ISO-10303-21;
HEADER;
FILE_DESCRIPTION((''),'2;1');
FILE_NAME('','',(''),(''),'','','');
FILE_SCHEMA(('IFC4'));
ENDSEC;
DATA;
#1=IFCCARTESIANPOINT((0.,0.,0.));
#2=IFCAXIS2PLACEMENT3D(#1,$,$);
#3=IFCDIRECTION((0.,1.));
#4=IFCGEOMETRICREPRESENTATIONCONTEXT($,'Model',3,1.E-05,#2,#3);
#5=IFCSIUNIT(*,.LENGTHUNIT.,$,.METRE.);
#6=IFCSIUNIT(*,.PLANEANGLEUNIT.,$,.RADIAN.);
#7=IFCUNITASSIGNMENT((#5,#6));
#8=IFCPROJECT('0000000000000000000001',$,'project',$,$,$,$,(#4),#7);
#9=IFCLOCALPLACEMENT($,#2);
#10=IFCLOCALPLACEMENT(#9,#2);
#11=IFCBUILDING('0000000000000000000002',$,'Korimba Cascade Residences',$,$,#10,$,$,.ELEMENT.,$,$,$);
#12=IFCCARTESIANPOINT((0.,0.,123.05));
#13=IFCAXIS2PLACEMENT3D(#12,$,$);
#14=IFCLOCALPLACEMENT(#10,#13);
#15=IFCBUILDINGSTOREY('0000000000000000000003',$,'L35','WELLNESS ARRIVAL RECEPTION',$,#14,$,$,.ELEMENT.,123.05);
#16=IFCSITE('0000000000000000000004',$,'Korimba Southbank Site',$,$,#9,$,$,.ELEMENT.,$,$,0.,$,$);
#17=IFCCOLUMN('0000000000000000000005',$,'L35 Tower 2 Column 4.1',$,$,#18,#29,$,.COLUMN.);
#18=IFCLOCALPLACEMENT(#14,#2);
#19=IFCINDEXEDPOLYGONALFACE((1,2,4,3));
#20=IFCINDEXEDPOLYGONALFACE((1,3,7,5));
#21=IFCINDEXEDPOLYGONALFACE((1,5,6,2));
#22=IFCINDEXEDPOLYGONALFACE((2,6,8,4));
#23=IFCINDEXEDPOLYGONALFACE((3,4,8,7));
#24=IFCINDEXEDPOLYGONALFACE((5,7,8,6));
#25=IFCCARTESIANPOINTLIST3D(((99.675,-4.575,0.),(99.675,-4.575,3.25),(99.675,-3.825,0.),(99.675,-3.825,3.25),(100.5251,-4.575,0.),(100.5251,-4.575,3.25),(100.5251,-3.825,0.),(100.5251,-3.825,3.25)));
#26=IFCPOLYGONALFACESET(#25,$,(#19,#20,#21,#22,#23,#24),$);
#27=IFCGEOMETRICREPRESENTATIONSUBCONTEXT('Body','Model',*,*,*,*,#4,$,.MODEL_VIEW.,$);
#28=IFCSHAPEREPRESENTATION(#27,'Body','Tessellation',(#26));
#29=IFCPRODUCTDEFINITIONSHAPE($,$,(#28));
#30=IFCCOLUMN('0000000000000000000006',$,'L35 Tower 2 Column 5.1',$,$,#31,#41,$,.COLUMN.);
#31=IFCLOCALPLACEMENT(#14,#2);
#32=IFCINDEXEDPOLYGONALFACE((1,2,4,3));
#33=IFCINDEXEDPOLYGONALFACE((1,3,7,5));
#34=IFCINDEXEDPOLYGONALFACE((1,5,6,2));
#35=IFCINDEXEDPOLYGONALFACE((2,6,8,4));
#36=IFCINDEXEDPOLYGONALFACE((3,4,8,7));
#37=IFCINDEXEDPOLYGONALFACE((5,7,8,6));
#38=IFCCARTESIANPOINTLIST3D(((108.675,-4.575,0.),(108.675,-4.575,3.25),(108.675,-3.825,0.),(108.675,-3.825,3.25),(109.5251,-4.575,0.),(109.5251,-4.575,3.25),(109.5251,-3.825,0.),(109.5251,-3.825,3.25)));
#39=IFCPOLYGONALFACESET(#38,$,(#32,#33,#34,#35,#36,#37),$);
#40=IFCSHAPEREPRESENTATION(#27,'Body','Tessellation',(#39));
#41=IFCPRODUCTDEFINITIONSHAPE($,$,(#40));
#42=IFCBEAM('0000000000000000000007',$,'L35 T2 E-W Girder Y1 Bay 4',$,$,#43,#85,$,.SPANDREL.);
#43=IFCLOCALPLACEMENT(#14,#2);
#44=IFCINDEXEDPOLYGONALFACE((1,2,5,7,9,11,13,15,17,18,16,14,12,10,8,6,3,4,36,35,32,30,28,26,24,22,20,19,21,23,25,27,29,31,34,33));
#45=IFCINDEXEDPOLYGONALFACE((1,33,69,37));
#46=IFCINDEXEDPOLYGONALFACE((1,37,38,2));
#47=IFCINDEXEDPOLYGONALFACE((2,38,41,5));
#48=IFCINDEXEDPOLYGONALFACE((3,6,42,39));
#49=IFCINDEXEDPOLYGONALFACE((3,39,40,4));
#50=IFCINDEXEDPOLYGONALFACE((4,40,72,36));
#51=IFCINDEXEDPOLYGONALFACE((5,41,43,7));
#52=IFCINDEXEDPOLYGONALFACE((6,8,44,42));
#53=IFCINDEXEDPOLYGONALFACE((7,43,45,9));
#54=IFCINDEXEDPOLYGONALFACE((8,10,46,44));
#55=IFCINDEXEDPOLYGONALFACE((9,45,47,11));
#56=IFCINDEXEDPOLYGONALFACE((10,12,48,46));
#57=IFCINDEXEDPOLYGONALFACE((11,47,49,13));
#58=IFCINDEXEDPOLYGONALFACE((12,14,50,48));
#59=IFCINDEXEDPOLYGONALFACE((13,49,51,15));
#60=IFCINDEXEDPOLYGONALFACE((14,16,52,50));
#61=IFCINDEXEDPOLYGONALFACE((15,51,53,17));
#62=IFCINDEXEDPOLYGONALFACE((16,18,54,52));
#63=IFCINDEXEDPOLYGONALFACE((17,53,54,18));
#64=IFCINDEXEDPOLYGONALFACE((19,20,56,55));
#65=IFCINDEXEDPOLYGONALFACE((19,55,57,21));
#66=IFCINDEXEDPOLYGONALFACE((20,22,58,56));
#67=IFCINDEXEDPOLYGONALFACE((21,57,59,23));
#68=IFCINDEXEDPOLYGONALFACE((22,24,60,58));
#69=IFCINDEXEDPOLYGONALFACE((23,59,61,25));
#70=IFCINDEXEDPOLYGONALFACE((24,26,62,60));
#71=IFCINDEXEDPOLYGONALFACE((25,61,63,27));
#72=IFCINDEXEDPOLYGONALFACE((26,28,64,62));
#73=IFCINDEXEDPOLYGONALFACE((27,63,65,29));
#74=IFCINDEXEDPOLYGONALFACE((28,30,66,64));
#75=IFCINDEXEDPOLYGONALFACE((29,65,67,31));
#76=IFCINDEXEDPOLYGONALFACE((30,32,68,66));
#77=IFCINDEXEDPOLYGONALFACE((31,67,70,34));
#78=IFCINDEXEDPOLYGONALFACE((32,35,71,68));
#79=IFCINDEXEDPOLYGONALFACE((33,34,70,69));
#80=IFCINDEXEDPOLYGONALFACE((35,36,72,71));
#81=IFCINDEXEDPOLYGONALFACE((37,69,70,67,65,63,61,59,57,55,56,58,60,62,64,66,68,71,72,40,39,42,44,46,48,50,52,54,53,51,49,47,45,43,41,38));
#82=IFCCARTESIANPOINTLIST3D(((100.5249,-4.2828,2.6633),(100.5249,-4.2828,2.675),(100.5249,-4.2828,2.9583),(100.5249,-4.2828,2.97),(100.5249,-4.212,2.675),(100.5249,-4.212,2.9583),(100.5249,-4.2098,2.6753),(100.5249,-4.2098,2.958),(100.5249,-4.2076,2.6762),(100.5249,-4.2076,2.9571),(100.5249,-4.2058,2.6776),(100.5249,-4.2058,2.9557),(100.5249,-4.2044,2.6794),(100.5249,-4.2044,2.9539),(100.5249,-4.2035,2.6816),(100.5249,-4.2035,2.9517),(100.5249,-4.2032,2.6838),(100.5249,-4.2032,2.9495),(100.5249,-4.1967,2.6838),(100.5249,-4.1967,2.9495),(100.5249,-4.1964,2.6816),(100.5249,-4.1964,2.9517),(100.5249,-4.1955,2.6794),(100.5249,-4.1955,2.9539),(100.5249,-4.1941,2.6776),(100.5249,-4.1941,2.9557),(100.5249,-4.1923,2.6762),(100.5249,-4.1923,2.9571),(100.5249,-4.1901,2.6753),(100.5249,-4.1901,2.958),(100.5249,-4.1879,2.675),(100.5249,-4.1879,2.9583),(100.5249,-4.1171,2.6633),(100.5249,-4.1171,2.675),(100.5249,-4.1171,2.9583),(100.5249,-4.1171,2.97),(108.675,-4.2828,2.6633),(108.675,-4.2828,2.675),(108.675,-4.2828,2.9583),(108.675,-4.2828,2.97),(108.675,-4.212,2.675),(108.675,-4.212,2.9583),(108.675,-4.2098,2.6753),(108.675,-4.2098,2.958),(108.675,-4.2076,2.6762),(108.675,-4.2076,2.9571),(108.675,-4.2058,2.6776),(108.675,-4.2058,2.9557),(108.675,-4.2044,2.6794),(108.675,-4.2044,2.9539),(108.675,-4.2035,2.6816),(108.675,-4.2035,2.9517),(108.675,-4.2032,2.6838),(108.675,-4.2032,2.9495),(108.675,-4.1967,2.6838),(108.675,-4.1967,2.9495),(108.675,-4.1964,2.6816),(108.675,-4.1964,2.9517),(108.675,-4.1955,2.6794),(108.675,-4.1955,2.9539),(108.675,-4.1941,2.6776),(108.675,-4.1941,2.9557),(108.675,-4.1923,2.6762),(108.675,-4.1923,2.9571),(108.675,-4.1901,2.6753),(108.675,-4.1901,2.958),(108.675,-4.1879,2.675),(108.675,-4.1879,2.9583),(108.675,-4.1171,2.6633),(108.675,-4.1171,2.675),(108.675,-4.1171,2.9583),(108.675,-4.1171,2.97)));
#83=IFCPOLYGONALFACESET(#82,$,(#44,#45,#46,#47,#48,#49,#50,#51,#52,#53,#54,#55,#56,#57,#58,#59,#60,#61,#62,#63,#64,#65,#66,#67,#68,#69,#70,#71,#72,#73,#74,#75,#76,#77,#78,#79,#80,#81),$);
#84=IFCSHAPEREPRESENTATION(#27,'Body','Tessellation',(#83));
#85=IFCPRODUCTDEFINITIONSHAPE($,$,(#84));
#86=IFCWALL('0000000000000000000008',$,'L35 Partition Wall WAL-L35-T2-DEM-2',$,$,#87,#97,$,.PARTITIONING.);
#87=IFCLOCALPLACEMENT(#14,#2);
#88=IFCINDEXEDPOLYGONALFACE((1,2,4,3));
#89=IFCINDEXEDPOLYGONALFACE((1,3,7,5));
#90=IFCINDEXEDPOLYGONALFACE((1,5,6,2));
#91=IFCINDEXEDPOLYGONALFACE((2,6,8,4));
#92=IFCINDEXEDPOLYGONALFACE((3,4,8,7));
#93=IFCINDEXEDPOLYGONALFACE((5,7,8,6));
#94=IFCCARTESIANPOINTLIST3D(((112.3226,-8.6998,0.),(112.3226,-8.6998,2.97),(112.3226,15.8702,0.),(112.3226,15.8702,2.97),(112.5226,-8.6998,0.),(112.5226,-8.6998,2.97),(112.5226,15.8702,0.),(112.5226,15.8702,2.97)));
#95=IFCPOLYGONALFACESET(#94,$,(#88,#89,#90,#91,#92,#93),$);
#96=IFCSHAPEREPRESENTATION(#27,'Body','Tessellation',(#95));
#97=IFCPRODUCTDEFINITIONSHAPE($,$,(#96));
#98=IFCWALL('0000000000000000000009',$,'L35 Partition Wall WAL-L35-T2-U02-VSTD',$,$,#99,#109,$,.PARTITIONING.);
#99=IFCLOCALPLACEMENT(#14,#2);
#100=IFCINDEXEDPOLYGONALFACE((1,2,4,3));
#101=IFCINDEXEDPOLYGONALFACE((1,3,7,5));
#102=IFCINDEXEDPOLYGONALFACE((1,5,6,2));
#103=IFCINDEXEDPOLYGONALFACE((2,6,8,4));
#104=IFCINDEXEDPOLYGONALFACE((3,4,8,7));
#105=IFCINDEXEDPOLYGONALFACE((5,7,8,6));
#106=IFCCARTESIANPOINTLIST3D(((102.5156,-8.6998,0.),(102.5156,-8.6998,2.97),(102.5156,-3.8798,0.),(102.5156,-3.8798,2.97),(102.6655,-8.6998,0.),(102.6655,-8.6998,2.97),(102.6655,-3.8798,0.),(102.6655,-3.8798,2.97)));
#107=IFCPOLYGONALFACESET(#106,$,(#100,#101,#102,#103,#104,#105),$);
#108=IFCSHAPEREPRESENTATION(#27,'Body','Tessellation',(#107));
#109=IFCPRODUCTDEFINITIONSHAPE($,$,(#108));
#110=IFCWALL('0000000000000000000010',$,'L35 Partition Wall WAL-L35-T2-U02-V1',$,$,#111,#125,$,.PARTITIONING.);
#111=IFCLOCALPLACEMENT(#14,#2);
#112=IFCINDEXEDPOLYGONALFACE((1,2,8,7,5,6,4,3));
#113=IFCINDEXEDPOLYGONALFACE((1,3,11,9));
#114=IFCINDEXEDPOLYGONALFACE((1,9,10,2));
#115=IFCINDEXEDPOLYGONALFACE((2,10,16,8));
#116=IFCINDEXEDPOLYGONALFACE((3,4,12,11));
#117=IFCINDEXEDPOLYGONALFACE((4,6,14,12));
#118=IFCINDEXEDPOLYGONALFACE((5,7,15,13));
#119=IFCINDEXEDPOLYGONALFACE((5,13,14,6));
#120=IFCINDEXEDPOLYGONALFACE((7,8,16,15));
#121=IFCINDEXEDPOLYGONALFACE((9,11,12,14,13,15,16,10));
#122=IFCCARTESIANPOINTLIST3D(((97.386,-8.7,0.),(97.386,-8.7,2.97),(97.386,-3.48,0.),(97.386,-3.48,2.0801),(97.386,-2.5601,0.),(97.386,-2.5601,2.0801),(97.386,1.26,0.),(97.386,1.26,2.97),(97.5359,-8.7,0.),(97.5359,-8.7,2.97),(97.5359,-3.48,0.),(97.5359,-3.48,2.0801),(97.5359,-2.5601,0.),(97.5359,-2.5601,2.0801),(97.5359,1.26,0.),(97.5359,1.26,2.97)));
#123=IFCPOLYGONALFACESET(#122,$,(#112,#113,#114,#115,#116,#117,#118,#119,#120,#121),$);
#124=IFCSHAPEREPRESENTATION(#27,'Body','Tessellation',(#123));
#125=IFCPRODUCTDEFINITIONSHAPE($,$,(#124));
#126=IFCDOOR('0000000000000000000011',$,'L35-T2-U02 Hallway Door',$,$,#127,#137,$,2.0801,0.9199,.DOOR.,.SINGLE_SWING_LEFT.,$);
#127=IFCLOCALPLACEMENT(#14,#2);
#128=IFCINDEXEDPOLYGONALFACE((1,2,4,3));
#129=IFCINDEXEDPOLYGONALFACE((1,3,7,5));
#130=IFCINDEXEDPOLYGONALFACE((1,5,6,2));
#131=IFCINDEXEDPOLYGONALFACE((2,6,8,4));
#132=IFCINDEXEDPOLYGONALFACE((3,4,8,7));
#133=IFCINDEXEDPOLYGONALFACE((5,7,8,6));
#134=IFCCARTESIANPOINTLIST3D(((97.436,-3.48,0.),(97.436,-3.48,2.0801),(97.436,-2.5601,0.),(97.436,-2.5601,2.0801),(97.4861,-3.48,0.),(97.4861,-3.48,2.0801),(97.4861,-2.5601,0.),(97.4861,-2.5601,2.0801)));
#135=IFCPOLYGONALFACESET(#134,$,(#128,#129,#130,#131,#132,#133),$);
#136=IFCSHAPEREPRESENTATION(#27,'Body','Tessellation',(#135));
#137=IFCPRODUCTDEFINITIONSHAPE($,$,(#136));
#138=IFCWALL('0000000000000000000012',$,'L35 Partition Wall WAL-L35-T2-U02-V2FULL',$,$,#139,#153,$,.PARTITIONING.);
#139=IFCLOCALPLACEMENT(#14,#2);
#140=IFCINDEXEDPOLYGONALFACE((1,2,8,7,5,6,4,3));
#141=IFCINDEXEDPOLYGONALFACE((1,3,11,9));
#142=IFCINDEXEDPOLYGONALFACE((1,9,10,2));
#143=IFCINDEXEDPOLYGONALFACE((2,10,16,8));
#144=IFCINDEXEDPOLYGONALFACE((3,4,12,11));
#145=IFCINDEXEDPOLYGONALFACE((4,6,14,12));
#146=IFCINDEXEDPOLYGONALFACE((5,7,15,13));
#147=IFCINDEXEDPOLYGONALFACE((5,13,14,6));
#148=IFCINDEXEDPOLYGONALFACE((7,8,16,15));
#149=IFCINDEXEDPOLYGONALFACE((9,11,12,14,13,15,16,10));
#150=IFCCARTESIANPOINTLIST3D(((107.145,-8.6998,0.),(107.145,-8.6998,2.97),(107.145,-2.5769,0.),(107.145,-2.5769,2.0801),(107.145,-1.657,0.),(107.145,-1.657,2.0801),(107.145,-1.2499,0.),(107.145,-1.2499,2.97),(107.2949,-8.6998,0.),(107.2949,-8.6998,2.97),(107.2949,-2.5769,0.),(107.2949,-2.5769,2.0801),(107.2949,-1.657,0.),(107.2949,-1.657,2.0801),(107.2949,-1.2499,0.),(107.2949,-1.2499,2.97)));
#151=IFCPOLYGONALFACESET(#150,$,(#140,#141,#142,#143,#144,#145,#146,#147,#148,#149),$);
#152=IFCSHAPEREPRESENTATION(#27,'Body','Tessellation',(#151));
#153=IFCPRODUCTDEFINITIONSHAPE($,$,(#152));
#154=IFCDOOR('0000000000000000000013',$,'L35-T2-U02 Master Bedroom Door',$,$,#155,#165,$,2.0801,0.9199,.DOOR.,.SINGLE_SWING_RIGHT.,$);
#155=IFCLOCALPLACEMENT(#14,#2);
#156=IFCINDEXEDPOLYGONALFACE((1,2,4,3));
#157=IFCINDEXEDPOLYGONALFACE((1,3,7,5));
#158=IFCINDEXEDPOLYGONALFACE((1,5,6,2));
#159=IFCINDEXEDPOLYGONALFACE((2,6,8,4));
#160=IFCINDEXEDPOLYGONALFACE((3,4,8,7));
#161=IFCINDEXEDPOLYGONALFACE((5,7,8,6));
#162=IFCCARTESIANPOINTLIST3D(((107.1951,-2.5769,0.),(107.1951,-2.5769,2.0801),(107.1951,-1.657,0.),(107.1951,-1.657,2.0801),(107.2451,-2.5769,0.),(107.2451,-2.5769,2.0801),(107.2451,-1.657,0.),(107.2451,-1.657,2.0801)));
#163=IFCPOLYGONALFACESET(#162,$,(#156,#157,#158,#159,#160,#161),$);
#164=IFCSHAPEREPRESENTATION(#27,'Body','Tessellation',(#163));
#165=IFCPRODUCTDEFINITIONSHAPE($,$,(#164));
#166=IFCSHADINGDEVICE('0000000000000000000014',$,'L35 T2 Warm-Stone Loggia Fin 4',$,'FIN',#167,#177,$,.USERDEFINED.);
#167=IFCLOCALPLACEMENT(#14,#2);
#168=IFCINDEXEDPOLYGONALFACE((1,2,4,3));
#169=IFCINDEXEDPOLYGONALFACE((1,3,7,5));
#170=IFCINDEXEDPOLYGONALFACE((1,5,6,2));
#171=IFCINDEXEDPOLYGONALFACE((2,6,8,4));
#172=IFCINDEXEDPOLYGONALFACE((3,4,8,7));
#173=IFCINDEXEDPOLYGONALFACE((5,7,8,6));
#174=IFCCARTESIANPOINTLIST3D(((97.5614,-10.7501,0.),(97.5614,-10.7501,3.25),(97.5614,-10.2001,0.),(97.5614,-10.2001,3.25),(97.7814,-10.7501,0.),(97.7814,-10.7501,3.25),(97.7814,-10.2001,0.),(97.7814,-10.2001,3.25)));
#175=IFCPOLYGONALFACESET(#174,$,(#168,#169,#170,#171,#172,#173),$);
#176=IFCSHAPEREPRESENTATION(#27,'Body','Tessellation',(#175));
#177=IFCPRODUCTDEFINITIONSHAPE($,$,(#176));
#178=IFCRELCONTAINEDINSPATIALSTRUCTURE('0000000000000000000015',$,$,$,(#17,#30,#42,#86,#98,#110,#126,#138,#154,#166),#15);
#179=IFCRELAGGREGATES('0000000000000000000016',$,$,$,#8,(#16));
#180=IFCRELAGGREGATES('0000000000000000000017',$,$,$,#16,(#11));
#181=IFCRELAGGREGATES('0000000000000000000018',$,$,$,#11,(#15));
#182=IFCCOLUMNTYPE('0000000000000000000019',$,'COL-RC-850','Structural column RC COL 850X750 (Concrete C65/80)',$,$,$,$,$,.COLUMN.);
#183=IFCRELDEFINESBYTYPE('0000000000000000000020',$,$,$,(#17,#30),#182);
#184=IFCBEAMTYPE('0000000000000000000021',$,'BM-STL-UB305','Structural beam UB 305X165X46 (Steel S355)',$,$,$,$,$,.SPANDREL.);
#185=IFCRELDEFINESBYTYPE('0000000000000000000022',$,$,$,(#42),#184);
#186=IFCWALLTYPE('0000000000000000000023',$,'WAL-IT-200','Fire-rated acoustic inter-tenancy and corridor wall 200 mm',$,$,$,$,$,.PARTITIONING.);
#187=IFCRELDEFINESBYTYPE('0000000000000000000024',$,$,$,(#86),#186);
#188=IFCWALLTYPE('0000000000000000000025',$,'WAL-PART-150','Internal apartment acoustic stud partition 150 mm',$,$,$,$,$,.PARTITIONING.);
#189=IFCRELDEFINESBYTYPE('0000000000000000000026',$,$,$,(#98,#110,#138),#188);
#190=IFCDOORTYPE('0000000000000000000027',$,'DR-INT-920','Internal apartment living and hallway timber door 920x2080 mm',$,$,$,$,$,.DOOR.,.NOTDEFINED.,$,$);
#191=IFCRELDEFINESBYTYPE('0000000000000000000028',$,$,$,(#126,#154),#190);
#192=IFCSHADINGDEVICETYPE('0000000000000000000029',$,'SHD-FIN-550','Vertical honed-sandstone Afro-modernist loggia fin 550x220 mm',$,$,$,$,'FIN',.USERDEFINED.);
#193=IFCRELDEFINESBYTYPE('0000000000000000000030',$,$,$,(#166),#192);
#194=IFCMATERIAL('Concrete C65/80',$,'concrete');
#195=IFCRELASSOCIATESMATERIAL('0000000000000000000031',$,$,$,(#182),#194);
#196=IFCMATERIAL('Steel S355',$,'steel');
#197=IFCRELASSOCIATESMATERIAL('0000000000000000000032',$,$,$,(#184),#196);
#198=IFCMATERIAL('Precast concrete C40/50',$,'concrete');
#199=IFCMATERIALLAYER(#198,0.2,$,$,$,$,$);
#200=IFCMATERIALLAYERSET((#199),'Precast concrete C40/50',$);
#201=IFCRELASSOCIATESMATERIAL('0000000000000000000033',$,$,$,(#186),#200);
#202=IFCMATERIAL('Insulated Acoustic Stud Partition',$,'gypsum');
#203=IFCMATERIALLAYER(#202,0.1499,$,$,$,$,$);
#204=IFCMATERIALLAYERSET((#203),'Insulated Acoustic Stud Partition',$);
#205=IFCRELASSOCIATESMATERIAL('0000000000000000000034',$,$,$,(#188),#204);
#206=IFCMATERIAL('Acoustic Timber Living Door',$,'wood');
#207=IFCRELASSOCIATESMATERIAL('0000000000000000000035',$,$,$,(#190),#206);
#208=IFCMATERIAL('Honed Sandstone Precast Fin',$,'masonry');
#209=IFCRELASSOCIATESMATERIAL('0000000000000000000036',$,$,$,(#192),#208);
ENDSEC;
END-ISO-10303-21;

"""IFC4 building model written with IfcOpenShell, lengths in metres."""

from ifc_helpers import new_model, si_unit, direction, frame, frame_2d, origin, origin_2d, place, context, subcontext, project, spatial, rectangle, i_section, extrude, material, layer, layer_set, material_profile, profile_set, type_object, element, fill, save


model = new_model("IFC4")

# Units and contexts
model_context = context("Model", 3, precision=1e-05, world=origin(), true_north=direction((0.0, 1.0)))
body_context = subcontext(model_context, "Body", "Model", "MODEL_VIEW")
ifc_project = project(units=[si_unit("LENGTHUNIT", "METRE"), si_unit("PLANEANGLEUNIT", "RADIAN")], contexts=[model_context])

# Site, building, storey
site_placement = place(None, origin())
site = spatial("IfcSite", under=ifc_project, at=site_placement, Name="Korimba Southbank Site", CompositionType="ELEMENT", RefElevation=0.0)
building_placement = place(site_placement, origin())
building = spatial("IfcBuilding", under=site, at=building_placement, Name="Korimba Cascade Residences", CompositionType="ELEMENT")
storey_placement = place(building_placement, frame((0.0, 0.0, 123.05)))
storey = spatial("IfcBuildingStorey", under=building, at=storey_placement, Name="L35", Description="WELLNESS ARRIVAL RECEPTION", CompositionType="ELEMENT", Elevation=123.05)

# Columns
ifc_material_1 = material(Name="Concrete C65/80", Category="concrete")
ifc_material_profile_1 = material_profile(ifc_material_1, rectangle(XDim=0.8501, YDim=0.75, at=origin_2d()), Name="Concrete C65/80")
ifc_profile_set_1 = profile_set([ifc_material_profile_1], Name="Concrete C65/80")
column_type = type_object("IfcColumnType", Name="COL-RC-850", Description="Structural column RC COL 850X750 (Concrete C65/80)", PredefinedType="COLUMN", material=ifc_profile_set_1)
for number, where, z_axis, x_axis, name in (
    (1, (100.1001, -4.2, 0.0), (0.0, 0.0, 1.0), (1.0, 0.0, 0.0), "L35 Tower 2 Column 4.1"),
    (2, (109.1001, -4.2, 0.0), (0.0, 0.0, 1.0), (1.0, 0.0, 0.0), "L35 Tower 2 Column 5.1"),
):
    element("IfcColumn", number, at=place(storey_placement, frame(where, z_axis=z_axis, x_axis=x_axis)), inside=storey, type_object=column_type, Name=name, PredefinedType="COLUMN", context=body_context, shape_type="SweptSolid", body=[
        extrude(rectangle(XDim=0.8501, YDim=0.75, at=origin_2d()), origin(), (0.0, 0.0, 1.0), 3.25),
    ])

# Beam
ifc_material_2 = material(Name="Steel S355", Category="steel")
ifc_material_profile_2 = material_profile(ifc_material_2, i_section(OverallWidth=0.1658, OverallDepth=0.3066, WebThickness=0.0066, FlangeThickness=0.0117, FilletRadius=0.0088, at=origin_2d()), Name="Steel S355")
ifc_profile_set_2 = profile_set([ifc_material_profile_2], Name="Steel S355")
beam_type = type_object("IfcBeamType", Name="BM-STL-UB305", Description="Structural beam UB 305X165X46 (Steel S355)", PredefinedType="SPANDREL", material=ifc_profile_set_2)
beam_placement = place(storey_placement, frame((100.5249, -4.2, 2.8167), z_axis=(1.0, 0.0, 0.0), x_axis=(0.0, 1.0, 0.0)))
element("IfcBeam", 3, at=beam_placement, inside=storey, type_object=beam_type, Name="L35 T2 E-W Girder Y1 Bay 4", PredefinedType="SPANDREL", context=body_context, shape_type="SweptSolid", body=[
    extrude(i_section(OverallWidth=0.1658, OverallDepth=0.3066, WebThickness=0.0066, FlangeThickness=0.0117, FilletRadius=0.0088, at=origin_2d()), origin(), (0.0, 0.0, 1.0), 8.1501),
])

# Walls
ifc_material_3 = material(Name="Precast concrete C40/50", Category="concrete")
ifc_layer_1 = layer(ifc_material_3, 0.2)
ifc_layer_set_1 = layer_set([ifc_layer_1], Name="Precast concrete C40/50")
wall_type_1 = type_object("IfcWallType", Name="WAL-IT-200", Description="Fire-rated acoustic inter-tenancy and corridor wall 200 mm", PredefinedType="PARTITIONING", material=ifc_layer_set_1)
wall_1_placement = place(storey_placement, frame((112.4226, -8.7, 0.0), z_axis=(0.0, 0.0, 1.0), x_axis=(0.0, 1.0, 0.0)))
element("IfcWall", 4, at=wall_1_placement, inside=storey, type_object=wall_type_1, Name="L35 Partition Wall WAL-L35-T2-DEM-2", PredefinedType="PARTITIONING", context=body_context, shape_type="SweptSolid", body=[
    extrude(rectangle(XDim=24.5701, YDim=0.2, at=frame_2d((12.2852, 0.0))), origin(), (0.0, 0.0, 1.0), 2.97),
])
ifc_material_4 = material(Name="Insulated Acoustic Stud Partition", Category="gypsum")
ifc_layer_2 = layer(ifc_material_4, 0.1499)
ifc_layer_set_2 = layer_set([ifc_layer_2], Name="Insulated Acoustic Stud Partition")
wall_type_2 = type_object("IfcWallType", Name="WAL-PART-150", Description="Internal apartment acoustic stud partition 150 mm", PredefinedType="PARTITIONING", material=ifc_layer_set_2)
wall_2_placement = place(storey_placement, frame((102.5906, -8.7, 0.0), z_axis=(0.0, 0.0, 1.0), x_axis=(0.0, 1.0, 0.0)))
element("IfcWall", 5, at=wall_2_placement, inside=storey, type_object=wall_type_2, Name="L35 Partition Wall WAL-L35-T2-U02-VSTD", PredefinedType="PARTITIONING", context=body_context, shape_type="SweptSolid", body=[
    extrude(rectangle(XDim=4.8201, YDim=0.1499, at=frame_2d((2.4102, 0.0))), origin(), (0.0, 0.0, 1.0), 2.97),
])

# Walls, openings, doors
wall_3_placement = place(storey_placement, frame((97.4609, -8.7, 0.0), z_axis=(0.0, 0.0, 1.0), x_axis=(0.0, 1.0, 0.0)))
wall_3 = element("IfcWall", 6, at=wall_3_placement, inside=storey, type_object=wall_type_2, Name="L35 Partition Wall WAL-L35-T2-U02-V1", PredefinedType="PARTITIONING", context=body_context, shape_type="SweptSolid", body=[
    extrude(rectangle(XDim=9.96, YDim=0.1499, at=frame_2d((4.98, 0.0))), origin(), (0.0, 0.0, 1.0), 2.97),
])
opening_1_placement = place(wall_3_placement, frame((5.22, 0.0, 0.0)))
opening_1 = element("IfcOpeningElement", 7, at=opening_1_placement, cuts=wall_3, PredefinedType="OPENING", context=body_context, shape_type="SweptSolid", body=[
    extrude(rectangle(XDim=0.9199, YDim=2.0801, at=frame_2d((0.46, 1.04))), frame((0.0, 0.085, 0.0), z_axis=(0.0, -1.0, 0.0), x_axis=(1.0, 0.0, 0.0)), (0.0, 0.0, 1.0), 0.1699),
])
ifc_material_5 = material(Name="Acoustic Timber Living Door", Category="wood")
door_type = type_object("IfcDoorType", Name="DR-INT-920", Description="Internal apartment living and hallway timber door 920x2080 mm", OperationType="NOTDEFINED", PredefinedType="DOOR", material=ifc_material_5)
door_1_placement = place(opening_1_placement, origin())
door_1 = element("IfcDoor", 8, at=door_1_placement, inside=storey, type_object=door_type, Name="L35-T2-U02 Hallway Door", OperationType="SINGLE_SWING_LEFT", OverallHeight=2.0801, OverallWidth=0.9199, PredefinedType="DOOR", context=body_context, shape_type="SweptSolid", body=[
    extrude(rectangle(XDim=0.9199, YDim=2.0801, at=frame_2d((0.46, 1.04))), frame((0.0, 0.0249, 0.0), z_axis=(0.0, -1.0, 0.0), x_axis=(1.0, 0.0, 0.0)), (0.0, 0.0, 1.0), 0.05),
])
fill(opening_1, door_1)
wall_4_placement = place(storey_placement, frame((107.22, -8.7, 0.0), z_axis=(0.0, 0.0, 1.0), x_axis=(0.0, 1.0, 0.0)))
wall_4 = element("IfcWall", 9, at=wall_4_placement, inside=storey, type_object=wall_type_2, Name="L35 Partition Wall WAL-L35-T2-U02-V2FULL", PredefinedType="PARTITIONING", context=body_context, shape_type="SweptSolid", body=[
    extrude(rectangle(XDim=7.45, YDim=0.1499, at=frame_2d((3.7251, 0.0))), origin(), (0.0, 0.0, 1.0), 2.97),
])
opening_2_placement = place(wall_4_placement, frame((6.123, 0.0, 0.0)))
opening_2 = element("IfcOpeningElement", 10, at=opening_2_placement, cuts=wall_4, PredefinedType="OPENING", context=body_context, shape_type="SweptSolid", body=[
    extrude(rectangle(XDim=0.9199, YDim=2.0801, at=frame_2d((0.46, 1.04))), frame((0.0, 0.085, 0.0), z_axis=(0.0, -1.0, 0.0), x_axis=(1.0, 0.0, 0.0)), (0.0, 0.0, 1.0), 0.1699),
])
door_2_placement = place(opening_2_placement, origin())
door_2 = element("IfcDoor", 11, at=door_2_placement, inside=storey, type_object=door_type, Name="L35-T2-U02 Master Bedroom Door", OperationType="SINGLE_SWING_RIGHT", OverallHeight=2.0801, OverallWidth=0.9199, PredefinedType="DOOR", context=body_context, shape_type="SweptSolid", body=[
    extrude(rectangle(XDim=0.9199, YDim=2.0801, at=frame_2d((0.46, 1.04))), frame((0.0, 0.0249, 0.0), z_axis=(0.0, -1.0, 0.0), x_axis=(1.0, 0.0, 0.0)), (0.0, 0.0, 1.0), 0.05),
])
fill(opening_2, door_2)

# Shading device
ifc_material_6 = material(Name="Honed Sandstone Precast Fin", Category="masonry")
shading_device_type = type_object("IfcShadingDeviceType", Name="SHD-FIN-550", Description="Vertical honed-sandstone Afro-modernist loggia fin 550x220 mm", ElementType="FIN", PredefinedType="USERDEFINED", material=ifc_material_6)
for number, where, z_axis, x_axis, name in (
    (12, (97.6714, -10.4751, 0.0), (0.0, 0.0, 1.0), (1.0, 0.0, 0.0), "L35 T2 Warm-Stone Loggia Fin 4"),
):
    element("IfcShadingDevice", number, at=place(storey_placement, frame(where, z_axis=z_axis, x_axis=x_axis)), inside=storey, type_object=shading_device_type, Name=name, ObjectType="FIN", PredefinedType="USERDEFINED", context=body_context, shape_type="SweptSolid", body=[
        extrude(rectangle(XDim=0.22, YDim=0.55, at=origin_2d()), origin(), (0.0, 0.0, 1.0), 3.25),
    ])

save(model, "model.ifc")
